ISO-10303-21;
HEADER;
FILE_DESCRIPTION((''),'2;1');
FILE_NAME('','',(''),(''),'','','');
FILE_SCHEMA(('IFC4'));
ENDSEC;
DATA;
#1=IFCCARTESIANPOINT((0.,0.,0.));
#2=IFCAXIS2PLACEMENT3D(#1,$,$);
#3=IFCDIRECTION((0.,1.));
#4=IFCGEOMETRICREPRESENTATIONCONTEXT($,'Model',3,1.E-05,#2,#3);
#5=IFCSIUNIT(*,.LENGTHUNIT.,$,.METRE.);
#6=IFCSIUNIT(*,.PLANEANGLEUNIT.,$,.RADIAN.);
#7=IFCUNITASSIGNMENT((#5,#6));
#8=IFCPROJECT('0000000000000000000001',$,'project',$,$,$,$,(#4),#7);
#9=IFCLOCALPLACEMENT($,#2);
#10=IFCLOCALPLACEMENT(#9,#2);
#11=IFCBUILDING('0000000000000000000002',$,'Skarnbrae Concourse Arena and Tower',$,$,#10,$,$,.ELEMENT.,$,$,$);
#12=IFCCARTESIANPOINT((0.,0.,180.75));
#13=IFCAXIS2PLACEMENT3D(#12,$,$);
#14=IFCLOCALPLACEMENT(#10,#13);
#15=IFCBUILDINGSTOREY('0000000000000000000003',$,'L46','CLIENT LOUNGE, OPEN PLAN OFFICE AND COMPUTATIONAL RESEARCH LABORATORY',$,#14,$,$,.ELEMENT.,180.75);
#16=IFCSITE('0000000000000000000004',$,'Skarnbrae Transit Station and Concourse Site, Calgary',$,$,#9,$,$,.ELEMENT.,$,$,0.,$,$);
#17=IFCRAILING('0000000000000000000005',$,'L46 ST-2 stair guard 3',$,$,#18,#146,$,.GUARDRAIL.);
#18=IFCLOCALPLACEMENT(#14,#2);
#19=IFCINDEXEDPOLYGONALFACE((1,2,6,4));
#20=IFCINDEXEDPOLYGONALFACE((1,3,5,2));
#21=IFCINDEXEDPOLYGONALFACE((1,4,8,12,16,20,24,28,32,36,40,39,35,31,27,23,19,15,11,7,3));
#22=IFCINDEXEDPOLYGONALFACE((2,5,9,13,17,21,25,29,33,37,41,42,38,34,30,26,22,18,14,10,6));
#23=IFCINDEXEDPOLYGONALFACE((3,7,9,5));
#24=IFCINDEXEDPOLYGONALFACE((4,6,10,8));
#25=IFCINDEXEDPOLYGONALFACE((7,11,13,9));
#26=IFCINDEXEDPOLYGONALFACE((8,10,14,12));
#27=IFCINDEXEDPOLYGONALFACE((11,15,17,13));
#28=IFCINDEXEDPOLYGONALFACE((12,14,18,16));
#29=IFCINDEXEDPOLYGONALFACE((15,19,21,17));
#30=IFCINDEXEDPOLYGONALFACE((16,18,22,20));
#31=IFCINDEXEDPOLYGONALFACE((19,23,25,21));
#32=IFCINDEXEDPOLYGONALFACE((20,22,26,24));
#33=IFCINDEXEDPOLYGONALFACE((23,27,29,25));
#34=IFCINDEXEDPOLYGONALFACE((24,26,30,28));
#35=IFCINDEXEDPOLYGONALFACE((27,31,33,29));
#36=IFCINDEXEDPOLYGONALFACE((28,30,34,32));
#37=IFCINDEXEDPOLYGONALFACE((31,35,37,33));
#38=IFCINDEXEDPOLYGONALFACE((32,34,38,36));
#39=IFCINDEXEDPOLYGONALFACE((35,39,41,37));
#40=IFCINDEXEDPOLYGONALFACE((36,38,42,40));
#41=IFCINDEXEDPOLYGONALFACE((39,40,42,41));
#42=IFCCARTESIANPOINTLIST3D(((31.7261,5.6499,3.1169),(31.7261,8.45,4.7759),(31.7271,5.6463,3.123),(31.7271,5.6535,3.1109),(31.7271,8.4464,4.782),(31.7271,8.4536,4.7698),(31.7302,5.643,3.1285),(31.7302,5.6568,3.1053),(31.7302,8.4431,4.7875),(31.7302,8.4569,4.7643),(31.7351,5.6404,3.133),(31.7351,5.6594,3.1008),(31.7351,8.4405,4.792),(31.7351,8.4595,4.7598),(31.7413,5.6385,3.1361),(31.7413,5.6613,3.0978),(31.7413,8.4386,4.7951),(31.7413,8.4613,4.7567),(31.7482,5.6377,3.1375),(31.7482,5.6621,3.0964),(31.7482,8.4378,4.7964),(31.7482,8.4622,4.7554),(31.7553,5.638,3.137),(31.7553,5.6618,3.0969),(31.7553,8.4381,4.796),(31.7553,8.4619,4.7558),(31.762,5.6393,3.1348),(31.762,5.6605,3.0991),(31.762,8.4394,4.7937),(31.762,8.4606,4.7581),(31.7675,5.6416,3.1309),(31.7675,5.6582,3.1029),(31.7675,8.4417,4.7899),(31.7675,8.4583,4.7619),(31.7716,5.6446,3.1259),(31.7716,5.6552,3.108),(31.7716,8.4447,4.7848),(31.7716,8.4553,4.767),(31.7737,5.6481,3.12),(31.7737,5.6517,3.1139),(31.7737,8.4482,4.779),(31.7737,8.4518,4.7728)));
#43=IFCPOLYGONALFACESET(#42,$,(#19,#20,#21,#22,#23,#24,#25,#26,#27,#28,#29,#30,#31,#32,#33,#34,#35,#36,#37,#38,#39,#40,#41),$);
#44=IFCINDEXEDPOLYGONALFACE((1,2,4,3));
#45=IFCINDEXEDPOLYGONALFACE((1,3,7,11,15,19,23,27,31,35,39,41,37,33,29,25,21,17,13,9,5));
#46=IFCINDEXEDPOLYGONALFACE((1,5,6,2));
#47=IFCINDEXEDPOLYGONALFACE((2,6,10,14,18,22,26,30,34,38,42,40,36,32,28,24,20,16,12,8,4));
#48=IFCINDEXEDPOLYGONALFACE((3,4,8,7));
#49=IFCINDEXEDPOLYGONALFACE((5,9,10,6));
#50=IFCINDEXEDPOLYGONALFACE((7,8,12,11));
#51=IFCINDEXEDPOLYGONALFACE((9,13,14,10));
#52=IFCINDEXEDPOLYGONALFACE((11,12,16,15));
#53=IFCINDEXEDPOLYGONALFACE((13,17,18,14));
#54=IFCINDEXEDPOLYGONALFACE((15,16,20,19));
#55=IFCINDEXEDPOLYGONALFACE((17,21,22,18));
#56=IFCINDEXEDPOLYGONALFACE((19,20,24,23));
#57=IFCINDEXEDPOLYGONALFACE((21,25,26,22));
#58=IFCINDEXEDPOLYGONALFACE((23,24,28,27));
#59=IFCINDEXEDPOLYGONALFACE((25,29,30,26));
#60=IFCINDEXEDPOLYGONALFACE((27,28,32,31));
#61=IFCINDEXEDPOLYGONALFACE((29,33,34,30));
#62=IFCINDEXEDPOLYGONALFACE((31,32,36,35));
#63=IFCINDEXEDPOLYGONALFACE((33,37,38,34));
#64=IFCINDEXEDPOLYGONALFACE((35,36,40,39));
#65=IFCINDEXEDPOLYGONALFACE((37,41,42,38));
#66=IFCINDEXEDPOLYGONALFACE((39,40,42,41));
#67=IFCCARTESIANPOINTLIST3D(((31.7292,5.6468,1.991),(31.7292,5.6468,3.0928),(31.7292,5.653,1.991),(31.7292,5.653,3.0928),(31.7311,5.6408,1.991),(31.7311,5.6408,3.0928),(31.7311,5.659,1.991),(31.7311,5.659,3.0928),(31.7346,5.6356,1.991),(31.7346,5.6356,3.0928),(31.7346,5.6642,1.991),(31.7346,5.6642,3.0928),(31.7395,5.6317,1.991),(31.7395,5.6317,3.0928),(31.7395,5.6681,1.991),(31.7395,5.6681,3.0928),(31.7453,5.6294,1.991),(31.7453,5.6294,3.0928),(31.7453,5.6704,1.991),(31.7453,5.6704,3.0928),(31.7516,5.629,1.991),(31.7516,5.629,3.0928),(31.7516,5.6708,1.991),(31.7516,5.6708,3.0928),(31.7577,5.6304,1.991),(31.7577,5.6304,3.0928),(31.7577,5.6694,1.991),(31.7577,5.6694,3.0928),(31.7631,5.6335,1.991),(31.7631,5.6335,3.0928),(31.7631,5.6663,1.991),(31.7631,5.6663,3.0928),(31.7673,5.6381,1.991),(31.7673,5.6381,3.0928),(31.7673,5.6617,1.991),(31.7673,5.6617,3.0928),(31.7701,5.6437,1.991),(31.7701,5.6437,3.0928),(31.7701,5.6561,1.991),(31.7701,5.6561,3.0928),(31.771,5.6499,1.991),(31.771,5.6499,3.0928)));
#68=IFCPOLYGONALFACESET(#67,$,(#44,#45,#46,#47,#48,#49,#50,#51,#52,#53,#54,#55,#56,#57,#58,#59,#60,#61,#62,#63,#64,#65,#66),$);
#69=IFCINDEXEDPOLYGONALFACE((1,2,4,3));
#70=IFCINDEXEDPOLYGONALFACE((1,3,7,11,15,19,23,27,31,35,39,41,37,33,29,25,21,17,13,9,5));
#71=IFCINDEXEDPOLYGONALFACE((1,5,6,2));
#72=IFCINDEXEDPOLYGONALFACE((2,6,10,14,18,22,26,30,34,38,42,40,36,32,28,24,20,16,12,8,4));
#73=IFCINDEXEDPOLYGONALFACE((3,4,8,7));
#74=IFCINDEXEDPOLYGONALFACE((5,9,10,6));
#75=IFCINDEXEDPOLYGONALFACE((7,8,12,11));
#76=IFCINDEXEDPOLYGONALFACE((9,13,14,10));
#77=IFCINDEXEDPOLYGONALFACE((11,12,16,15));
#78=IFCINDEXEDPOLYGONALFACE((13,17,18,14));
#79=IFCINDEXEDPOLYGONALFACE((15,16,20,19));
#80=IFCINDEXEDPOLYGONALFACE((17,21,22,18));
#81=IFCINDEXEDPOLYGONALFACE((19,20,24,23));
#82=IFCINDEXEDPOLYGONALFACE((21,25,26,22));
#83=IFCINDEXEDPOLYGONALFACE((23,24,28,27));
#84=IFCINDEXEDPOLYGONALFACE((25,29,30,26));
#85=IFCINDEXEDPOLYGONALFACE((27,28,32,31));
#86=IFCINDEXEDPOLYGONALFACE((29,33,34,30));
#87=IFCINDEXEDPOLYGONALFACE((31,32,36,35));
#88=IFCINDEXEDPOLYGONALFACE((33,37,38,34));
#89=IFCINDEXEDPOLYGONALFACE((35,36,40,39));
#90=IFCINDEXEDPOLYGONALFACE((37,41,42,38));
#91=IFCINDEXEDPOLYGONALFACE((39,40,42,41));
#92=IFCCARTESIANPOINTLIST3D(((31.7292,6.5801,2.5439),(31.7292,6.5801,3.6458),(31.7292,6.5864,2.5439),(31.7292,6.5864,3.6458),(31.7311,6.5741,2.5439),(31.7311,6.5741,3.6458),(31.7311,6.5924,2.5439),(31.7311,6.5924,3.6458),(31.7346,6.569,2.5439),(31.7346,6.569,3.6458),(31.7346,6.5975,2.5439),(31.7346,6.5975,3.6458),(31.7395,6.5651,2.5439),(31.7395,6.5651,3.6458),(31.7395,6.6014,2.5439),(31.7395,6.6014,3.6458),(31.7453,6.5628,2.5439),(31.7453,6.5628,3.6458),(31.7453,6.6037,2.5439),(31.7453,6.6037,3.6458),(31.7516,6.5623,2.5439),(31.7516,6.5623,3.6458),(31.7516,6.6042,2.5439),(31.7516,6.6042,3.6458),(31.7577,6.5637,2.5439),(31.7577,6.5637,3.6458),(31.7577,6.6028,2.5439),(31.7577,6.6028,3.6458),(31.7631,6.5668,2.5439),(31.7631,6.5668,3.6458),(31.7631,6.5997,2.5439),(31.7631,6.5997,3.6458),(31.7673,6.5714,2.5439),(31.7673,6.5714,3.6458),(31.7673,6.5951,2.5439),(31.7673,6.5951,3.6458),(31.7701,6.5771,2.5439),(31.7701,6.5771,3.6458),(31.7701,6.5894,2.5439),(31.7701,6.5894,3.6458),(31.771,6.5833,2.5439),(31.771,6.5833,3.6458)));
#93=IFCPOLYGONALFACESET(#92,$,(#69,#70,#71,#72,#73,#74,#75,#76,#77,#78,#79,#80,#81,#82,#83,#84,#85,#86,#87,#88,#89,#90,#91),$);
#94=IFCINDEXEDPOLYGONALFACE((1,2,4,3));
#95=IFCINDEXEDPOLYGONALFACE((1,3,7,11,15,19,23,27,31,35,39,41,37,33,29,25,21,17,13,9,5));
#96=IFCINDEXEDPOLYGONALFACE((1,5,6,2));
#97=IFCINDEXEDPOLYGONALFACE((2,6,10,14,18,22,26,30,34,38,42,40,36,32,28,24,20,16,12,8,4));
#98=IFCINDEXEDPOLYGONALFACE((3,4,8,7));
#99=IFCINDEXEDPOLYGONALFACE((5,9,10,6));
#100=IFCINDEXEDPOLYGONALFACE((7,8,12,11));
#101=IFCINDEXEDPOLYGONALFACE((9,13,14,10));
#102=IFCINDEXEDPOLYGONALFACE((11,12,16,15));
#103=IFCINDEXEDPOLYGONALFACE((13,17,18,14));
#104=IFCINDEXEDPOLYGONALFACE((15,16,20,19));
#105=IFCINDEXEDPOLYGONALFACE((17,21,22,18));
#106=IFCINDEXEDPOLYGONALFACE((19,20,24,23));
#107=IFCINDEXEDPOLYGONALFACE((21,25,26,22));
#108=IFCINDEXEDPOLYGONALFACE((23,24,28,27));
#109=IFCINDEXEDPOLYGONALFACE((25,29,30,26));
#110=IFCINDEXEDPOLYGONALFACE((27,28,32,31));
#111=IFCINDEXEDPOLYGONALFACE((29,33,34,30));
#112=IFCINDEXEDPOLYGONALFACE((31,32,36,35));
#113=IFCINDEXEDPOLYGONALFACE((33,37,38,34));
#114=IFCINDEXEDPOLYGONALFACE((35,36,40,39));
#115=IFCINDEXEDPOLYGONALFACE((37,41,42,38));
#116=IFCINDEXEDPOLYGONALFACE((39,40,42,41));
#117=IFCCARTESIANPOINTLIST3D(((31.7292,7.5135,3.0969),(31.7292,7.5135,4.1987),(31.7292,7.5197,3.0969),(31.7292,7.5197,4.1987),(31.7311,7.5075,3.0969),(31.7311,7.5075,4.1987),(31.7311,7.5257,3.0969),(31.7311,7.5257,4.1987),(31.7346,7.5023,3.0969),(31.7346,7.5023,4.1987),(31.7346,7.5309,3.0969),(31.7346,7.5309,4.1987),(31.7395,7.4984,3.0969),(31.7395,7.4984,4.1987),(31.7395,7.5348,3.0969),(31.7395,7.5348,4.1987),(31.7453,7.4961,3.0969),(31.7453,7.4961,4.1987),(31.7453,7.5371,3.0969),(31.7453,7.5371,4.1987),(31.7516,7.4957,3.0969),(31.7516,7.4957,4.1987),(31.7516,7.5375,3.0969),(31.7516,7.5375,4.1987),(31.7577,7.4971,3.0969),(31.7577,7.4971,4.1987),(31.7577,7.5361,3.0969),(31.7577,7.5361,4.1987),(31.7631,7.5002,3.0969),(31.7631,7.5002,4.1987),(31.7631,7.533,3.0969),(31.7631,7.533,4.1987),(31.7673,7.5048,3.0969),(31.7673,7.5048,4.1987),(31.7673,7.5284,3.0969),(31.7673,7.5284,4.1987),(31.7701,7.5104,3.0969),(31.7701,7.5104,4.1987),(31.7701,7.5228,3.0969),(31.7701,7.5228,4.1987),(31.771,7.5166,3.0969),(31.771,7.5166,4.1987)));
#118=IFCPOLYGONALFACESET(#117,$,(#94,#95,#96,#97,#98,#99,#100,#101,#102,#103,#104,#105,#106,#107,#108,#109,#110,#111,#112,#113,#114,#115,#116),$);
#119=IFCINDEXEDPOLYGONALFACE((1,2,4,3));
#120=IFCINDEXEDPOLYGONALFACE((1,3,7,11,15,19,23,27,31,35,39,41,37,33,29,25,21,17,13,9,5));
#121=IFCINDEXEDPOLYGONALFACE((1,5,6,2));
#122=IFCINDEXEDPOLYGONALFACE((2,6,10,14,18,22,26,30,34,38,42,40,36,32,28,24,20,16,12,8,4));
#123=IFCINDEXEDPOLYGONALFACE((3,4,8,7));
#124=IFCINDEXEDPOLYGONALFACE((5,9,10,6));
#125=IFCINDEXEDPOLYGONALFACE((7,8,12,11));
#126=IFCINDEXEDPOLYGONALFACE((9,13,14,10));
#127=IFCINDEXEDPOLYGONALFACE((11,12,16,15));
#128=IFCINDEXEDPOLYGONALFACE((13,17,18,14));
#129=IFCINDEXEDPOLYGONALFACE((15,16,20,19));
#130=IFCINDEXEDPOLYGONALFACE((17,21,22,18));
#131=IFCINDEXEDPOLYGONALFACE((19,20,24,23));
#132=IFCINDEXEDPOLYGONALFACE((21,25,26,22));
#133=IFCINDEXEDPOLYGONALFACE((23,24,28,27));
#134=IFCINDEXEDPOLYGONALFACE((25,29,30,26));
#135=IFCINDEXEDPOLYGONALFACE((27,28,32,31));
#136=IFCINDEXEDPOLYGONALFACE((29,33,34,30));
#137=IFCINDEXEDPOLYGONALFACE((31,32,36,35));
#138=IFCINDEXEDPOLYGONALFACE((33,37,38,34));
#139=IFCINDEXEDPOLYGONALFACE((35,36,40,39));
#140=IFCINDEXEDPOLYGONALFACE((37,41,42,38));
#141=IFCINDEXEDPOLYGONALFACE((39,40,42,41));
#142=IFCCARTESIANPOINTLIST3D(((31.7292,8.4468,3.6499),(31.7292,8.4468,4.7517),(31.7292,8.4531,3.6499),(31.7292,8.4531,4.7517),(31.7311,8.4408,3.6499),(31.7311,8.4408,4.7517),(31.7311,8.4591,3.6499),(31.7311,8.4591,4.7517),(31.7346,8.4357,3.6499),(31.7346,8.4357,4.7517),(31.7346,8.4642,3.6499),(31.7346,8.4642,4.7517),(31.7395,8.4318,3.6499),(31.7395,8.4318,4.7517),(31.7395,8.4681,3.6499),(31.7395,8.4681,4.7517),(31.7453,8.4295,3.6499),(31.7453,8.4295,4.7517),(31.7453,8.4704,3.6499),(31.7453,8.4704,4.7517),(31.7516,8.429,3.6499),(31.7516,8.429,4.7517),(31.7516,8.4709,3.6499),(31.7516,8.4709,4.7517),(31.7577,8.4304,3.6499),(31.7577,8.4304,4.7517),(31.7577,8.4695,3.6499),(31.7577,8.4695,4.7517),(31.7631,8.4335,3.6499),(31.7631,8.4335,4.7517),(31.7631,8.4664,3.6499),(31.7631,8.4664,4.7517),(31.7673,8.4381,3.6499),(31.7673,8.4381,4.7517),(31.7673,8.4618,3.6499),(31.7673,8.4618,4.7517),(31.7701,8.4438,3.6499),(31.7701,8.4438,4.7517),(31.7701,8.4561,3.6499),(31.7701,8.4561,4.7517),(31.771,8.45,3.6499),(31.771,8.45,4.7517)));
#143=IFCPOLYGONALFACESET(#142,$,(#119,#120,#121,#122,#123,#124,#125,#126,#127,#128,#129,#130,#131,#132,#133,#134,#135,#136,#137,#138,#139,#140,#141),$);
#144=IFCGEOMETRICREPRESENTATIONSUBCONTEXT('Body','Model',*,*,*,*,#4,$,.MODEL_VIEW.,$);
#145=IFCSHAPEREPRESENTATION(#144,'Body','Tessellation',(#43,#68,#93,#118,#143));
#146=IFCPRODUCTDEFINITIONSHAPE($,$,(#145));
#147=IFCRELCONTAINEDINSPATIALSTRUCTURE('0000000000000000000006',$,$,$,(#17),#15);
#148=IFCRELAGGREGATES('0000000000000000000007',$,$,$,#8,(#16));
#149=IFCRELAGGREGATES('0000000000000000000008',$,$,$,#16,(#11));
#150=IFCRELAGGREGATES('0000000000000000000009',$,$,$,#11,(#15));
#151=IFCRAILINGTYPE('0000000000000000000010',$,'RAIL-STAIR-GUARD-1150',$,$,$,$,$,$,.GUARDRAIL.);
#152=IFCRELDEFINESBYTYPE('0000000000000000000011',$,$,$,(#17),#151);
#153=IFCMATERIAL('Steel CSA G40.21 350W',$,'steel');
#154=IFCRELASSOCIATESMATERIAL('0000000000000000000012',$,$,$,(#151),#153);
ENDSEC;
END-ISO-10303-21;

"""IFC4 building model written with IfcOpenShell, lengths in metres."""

from ifc_helpers import new_model, si_unit, direction, frame, origin, origin_2d, place, context, subcontext, project, spatial, circle, extrude, material, type_object, element, save


model = new_model("IFC4")

# Units and contexts
model_context = context("Model", 3, precision=1e-05, world=origin(), true_north=direction((0.0, 1.0)))
body_context = subcontext(model_context, "Body", "Model", "MODEL_VIEW")
ifc_project = project(units=[si_unit("LENGTHUNIT", "METRE"), si_unit("PLANEANGLEUNIT", "RADIAN")], contexts=[model_context])

# Site, building, storey
site_placement = place(None, origin())
site = spatial("IfcSite", under=ifc_project, at=site_placement, Name="Skarnbrae Transit Station and Concourse Site, Calgary", CompositionType="ELEMENT", RefElevation=0.0)
building_placement = place(site_placement, origin())
building = spatial("IfcBuilding", under=site, at=building_placement, Name="Skarnbrae Concourse Arena and Tower", CompositionType="ELEMENT")
storey_placement = place(building_placement, frame((0.0, 0.0, 180.75)))
storey = spatial("IfcBuildingStorey", under=building, at=storey_placement, Name="L46", Description="CLIENT LOUNGE, OPEN PLAN OFFICE AND COMPUTATIONAL RESEARCH LABORATORY", CompositionType="ELEMENT", Elevation=180.75)

# Shared definitions
ifc_material_1 = material(Name="Steel CSA G40.21 350W", Category="steel")

# Railing
railing_type_1 = type_object("IfcRailingType", Name="RAIL-STAIR-GUARD-1150", PredefinedType="GUARDRAIL", material=ifc_material_1)
railing_1_placement = place(storey_placement, frame((31.75, 5.6499, 1.991)))
element("IfcRailing", 1, at=railing_1_placement, inside=storey, type_object=railing_type_1, Name="L46 ST-2 stair guard 3", PredefinedType="GUARDRAIL", context=body_context, shape_type="SweptSolid", body=[
    extrude(circle(Radius=0.0239, at=origin_2d()), frame((0.0, 0.0, 1.126), z_axis=(0.0, 0.860339, 0.509722), x_axis=(-1.0, 0.0, 0.0)), (0.0, 0.0, 1.0), 3.2546),
    extrude(circle(Radius=0.021, at=origin_2d()), origin(), (0.0, 0.0, 1.0), 1.1018),
    extrude(circle(Radius=0.021, at=origin_2d()), frame((0.0, 0.9333, 0.553)), (0.0, 0.0, 1.0), 1.1018),
    extrude(circle(Radius=0.021, at=origin_2d()), frame((0.0, 1.8667, 1.106)), (0.0, 0.0, 1.0), 1.1018),
    extrude(circle(Radius=0.021, at=origin_2d()), frame((0.0, 2.8, 1.6589)), (0.0, 0.0, 1.0), 1.1018),
])

save(model, "model.ifc")
